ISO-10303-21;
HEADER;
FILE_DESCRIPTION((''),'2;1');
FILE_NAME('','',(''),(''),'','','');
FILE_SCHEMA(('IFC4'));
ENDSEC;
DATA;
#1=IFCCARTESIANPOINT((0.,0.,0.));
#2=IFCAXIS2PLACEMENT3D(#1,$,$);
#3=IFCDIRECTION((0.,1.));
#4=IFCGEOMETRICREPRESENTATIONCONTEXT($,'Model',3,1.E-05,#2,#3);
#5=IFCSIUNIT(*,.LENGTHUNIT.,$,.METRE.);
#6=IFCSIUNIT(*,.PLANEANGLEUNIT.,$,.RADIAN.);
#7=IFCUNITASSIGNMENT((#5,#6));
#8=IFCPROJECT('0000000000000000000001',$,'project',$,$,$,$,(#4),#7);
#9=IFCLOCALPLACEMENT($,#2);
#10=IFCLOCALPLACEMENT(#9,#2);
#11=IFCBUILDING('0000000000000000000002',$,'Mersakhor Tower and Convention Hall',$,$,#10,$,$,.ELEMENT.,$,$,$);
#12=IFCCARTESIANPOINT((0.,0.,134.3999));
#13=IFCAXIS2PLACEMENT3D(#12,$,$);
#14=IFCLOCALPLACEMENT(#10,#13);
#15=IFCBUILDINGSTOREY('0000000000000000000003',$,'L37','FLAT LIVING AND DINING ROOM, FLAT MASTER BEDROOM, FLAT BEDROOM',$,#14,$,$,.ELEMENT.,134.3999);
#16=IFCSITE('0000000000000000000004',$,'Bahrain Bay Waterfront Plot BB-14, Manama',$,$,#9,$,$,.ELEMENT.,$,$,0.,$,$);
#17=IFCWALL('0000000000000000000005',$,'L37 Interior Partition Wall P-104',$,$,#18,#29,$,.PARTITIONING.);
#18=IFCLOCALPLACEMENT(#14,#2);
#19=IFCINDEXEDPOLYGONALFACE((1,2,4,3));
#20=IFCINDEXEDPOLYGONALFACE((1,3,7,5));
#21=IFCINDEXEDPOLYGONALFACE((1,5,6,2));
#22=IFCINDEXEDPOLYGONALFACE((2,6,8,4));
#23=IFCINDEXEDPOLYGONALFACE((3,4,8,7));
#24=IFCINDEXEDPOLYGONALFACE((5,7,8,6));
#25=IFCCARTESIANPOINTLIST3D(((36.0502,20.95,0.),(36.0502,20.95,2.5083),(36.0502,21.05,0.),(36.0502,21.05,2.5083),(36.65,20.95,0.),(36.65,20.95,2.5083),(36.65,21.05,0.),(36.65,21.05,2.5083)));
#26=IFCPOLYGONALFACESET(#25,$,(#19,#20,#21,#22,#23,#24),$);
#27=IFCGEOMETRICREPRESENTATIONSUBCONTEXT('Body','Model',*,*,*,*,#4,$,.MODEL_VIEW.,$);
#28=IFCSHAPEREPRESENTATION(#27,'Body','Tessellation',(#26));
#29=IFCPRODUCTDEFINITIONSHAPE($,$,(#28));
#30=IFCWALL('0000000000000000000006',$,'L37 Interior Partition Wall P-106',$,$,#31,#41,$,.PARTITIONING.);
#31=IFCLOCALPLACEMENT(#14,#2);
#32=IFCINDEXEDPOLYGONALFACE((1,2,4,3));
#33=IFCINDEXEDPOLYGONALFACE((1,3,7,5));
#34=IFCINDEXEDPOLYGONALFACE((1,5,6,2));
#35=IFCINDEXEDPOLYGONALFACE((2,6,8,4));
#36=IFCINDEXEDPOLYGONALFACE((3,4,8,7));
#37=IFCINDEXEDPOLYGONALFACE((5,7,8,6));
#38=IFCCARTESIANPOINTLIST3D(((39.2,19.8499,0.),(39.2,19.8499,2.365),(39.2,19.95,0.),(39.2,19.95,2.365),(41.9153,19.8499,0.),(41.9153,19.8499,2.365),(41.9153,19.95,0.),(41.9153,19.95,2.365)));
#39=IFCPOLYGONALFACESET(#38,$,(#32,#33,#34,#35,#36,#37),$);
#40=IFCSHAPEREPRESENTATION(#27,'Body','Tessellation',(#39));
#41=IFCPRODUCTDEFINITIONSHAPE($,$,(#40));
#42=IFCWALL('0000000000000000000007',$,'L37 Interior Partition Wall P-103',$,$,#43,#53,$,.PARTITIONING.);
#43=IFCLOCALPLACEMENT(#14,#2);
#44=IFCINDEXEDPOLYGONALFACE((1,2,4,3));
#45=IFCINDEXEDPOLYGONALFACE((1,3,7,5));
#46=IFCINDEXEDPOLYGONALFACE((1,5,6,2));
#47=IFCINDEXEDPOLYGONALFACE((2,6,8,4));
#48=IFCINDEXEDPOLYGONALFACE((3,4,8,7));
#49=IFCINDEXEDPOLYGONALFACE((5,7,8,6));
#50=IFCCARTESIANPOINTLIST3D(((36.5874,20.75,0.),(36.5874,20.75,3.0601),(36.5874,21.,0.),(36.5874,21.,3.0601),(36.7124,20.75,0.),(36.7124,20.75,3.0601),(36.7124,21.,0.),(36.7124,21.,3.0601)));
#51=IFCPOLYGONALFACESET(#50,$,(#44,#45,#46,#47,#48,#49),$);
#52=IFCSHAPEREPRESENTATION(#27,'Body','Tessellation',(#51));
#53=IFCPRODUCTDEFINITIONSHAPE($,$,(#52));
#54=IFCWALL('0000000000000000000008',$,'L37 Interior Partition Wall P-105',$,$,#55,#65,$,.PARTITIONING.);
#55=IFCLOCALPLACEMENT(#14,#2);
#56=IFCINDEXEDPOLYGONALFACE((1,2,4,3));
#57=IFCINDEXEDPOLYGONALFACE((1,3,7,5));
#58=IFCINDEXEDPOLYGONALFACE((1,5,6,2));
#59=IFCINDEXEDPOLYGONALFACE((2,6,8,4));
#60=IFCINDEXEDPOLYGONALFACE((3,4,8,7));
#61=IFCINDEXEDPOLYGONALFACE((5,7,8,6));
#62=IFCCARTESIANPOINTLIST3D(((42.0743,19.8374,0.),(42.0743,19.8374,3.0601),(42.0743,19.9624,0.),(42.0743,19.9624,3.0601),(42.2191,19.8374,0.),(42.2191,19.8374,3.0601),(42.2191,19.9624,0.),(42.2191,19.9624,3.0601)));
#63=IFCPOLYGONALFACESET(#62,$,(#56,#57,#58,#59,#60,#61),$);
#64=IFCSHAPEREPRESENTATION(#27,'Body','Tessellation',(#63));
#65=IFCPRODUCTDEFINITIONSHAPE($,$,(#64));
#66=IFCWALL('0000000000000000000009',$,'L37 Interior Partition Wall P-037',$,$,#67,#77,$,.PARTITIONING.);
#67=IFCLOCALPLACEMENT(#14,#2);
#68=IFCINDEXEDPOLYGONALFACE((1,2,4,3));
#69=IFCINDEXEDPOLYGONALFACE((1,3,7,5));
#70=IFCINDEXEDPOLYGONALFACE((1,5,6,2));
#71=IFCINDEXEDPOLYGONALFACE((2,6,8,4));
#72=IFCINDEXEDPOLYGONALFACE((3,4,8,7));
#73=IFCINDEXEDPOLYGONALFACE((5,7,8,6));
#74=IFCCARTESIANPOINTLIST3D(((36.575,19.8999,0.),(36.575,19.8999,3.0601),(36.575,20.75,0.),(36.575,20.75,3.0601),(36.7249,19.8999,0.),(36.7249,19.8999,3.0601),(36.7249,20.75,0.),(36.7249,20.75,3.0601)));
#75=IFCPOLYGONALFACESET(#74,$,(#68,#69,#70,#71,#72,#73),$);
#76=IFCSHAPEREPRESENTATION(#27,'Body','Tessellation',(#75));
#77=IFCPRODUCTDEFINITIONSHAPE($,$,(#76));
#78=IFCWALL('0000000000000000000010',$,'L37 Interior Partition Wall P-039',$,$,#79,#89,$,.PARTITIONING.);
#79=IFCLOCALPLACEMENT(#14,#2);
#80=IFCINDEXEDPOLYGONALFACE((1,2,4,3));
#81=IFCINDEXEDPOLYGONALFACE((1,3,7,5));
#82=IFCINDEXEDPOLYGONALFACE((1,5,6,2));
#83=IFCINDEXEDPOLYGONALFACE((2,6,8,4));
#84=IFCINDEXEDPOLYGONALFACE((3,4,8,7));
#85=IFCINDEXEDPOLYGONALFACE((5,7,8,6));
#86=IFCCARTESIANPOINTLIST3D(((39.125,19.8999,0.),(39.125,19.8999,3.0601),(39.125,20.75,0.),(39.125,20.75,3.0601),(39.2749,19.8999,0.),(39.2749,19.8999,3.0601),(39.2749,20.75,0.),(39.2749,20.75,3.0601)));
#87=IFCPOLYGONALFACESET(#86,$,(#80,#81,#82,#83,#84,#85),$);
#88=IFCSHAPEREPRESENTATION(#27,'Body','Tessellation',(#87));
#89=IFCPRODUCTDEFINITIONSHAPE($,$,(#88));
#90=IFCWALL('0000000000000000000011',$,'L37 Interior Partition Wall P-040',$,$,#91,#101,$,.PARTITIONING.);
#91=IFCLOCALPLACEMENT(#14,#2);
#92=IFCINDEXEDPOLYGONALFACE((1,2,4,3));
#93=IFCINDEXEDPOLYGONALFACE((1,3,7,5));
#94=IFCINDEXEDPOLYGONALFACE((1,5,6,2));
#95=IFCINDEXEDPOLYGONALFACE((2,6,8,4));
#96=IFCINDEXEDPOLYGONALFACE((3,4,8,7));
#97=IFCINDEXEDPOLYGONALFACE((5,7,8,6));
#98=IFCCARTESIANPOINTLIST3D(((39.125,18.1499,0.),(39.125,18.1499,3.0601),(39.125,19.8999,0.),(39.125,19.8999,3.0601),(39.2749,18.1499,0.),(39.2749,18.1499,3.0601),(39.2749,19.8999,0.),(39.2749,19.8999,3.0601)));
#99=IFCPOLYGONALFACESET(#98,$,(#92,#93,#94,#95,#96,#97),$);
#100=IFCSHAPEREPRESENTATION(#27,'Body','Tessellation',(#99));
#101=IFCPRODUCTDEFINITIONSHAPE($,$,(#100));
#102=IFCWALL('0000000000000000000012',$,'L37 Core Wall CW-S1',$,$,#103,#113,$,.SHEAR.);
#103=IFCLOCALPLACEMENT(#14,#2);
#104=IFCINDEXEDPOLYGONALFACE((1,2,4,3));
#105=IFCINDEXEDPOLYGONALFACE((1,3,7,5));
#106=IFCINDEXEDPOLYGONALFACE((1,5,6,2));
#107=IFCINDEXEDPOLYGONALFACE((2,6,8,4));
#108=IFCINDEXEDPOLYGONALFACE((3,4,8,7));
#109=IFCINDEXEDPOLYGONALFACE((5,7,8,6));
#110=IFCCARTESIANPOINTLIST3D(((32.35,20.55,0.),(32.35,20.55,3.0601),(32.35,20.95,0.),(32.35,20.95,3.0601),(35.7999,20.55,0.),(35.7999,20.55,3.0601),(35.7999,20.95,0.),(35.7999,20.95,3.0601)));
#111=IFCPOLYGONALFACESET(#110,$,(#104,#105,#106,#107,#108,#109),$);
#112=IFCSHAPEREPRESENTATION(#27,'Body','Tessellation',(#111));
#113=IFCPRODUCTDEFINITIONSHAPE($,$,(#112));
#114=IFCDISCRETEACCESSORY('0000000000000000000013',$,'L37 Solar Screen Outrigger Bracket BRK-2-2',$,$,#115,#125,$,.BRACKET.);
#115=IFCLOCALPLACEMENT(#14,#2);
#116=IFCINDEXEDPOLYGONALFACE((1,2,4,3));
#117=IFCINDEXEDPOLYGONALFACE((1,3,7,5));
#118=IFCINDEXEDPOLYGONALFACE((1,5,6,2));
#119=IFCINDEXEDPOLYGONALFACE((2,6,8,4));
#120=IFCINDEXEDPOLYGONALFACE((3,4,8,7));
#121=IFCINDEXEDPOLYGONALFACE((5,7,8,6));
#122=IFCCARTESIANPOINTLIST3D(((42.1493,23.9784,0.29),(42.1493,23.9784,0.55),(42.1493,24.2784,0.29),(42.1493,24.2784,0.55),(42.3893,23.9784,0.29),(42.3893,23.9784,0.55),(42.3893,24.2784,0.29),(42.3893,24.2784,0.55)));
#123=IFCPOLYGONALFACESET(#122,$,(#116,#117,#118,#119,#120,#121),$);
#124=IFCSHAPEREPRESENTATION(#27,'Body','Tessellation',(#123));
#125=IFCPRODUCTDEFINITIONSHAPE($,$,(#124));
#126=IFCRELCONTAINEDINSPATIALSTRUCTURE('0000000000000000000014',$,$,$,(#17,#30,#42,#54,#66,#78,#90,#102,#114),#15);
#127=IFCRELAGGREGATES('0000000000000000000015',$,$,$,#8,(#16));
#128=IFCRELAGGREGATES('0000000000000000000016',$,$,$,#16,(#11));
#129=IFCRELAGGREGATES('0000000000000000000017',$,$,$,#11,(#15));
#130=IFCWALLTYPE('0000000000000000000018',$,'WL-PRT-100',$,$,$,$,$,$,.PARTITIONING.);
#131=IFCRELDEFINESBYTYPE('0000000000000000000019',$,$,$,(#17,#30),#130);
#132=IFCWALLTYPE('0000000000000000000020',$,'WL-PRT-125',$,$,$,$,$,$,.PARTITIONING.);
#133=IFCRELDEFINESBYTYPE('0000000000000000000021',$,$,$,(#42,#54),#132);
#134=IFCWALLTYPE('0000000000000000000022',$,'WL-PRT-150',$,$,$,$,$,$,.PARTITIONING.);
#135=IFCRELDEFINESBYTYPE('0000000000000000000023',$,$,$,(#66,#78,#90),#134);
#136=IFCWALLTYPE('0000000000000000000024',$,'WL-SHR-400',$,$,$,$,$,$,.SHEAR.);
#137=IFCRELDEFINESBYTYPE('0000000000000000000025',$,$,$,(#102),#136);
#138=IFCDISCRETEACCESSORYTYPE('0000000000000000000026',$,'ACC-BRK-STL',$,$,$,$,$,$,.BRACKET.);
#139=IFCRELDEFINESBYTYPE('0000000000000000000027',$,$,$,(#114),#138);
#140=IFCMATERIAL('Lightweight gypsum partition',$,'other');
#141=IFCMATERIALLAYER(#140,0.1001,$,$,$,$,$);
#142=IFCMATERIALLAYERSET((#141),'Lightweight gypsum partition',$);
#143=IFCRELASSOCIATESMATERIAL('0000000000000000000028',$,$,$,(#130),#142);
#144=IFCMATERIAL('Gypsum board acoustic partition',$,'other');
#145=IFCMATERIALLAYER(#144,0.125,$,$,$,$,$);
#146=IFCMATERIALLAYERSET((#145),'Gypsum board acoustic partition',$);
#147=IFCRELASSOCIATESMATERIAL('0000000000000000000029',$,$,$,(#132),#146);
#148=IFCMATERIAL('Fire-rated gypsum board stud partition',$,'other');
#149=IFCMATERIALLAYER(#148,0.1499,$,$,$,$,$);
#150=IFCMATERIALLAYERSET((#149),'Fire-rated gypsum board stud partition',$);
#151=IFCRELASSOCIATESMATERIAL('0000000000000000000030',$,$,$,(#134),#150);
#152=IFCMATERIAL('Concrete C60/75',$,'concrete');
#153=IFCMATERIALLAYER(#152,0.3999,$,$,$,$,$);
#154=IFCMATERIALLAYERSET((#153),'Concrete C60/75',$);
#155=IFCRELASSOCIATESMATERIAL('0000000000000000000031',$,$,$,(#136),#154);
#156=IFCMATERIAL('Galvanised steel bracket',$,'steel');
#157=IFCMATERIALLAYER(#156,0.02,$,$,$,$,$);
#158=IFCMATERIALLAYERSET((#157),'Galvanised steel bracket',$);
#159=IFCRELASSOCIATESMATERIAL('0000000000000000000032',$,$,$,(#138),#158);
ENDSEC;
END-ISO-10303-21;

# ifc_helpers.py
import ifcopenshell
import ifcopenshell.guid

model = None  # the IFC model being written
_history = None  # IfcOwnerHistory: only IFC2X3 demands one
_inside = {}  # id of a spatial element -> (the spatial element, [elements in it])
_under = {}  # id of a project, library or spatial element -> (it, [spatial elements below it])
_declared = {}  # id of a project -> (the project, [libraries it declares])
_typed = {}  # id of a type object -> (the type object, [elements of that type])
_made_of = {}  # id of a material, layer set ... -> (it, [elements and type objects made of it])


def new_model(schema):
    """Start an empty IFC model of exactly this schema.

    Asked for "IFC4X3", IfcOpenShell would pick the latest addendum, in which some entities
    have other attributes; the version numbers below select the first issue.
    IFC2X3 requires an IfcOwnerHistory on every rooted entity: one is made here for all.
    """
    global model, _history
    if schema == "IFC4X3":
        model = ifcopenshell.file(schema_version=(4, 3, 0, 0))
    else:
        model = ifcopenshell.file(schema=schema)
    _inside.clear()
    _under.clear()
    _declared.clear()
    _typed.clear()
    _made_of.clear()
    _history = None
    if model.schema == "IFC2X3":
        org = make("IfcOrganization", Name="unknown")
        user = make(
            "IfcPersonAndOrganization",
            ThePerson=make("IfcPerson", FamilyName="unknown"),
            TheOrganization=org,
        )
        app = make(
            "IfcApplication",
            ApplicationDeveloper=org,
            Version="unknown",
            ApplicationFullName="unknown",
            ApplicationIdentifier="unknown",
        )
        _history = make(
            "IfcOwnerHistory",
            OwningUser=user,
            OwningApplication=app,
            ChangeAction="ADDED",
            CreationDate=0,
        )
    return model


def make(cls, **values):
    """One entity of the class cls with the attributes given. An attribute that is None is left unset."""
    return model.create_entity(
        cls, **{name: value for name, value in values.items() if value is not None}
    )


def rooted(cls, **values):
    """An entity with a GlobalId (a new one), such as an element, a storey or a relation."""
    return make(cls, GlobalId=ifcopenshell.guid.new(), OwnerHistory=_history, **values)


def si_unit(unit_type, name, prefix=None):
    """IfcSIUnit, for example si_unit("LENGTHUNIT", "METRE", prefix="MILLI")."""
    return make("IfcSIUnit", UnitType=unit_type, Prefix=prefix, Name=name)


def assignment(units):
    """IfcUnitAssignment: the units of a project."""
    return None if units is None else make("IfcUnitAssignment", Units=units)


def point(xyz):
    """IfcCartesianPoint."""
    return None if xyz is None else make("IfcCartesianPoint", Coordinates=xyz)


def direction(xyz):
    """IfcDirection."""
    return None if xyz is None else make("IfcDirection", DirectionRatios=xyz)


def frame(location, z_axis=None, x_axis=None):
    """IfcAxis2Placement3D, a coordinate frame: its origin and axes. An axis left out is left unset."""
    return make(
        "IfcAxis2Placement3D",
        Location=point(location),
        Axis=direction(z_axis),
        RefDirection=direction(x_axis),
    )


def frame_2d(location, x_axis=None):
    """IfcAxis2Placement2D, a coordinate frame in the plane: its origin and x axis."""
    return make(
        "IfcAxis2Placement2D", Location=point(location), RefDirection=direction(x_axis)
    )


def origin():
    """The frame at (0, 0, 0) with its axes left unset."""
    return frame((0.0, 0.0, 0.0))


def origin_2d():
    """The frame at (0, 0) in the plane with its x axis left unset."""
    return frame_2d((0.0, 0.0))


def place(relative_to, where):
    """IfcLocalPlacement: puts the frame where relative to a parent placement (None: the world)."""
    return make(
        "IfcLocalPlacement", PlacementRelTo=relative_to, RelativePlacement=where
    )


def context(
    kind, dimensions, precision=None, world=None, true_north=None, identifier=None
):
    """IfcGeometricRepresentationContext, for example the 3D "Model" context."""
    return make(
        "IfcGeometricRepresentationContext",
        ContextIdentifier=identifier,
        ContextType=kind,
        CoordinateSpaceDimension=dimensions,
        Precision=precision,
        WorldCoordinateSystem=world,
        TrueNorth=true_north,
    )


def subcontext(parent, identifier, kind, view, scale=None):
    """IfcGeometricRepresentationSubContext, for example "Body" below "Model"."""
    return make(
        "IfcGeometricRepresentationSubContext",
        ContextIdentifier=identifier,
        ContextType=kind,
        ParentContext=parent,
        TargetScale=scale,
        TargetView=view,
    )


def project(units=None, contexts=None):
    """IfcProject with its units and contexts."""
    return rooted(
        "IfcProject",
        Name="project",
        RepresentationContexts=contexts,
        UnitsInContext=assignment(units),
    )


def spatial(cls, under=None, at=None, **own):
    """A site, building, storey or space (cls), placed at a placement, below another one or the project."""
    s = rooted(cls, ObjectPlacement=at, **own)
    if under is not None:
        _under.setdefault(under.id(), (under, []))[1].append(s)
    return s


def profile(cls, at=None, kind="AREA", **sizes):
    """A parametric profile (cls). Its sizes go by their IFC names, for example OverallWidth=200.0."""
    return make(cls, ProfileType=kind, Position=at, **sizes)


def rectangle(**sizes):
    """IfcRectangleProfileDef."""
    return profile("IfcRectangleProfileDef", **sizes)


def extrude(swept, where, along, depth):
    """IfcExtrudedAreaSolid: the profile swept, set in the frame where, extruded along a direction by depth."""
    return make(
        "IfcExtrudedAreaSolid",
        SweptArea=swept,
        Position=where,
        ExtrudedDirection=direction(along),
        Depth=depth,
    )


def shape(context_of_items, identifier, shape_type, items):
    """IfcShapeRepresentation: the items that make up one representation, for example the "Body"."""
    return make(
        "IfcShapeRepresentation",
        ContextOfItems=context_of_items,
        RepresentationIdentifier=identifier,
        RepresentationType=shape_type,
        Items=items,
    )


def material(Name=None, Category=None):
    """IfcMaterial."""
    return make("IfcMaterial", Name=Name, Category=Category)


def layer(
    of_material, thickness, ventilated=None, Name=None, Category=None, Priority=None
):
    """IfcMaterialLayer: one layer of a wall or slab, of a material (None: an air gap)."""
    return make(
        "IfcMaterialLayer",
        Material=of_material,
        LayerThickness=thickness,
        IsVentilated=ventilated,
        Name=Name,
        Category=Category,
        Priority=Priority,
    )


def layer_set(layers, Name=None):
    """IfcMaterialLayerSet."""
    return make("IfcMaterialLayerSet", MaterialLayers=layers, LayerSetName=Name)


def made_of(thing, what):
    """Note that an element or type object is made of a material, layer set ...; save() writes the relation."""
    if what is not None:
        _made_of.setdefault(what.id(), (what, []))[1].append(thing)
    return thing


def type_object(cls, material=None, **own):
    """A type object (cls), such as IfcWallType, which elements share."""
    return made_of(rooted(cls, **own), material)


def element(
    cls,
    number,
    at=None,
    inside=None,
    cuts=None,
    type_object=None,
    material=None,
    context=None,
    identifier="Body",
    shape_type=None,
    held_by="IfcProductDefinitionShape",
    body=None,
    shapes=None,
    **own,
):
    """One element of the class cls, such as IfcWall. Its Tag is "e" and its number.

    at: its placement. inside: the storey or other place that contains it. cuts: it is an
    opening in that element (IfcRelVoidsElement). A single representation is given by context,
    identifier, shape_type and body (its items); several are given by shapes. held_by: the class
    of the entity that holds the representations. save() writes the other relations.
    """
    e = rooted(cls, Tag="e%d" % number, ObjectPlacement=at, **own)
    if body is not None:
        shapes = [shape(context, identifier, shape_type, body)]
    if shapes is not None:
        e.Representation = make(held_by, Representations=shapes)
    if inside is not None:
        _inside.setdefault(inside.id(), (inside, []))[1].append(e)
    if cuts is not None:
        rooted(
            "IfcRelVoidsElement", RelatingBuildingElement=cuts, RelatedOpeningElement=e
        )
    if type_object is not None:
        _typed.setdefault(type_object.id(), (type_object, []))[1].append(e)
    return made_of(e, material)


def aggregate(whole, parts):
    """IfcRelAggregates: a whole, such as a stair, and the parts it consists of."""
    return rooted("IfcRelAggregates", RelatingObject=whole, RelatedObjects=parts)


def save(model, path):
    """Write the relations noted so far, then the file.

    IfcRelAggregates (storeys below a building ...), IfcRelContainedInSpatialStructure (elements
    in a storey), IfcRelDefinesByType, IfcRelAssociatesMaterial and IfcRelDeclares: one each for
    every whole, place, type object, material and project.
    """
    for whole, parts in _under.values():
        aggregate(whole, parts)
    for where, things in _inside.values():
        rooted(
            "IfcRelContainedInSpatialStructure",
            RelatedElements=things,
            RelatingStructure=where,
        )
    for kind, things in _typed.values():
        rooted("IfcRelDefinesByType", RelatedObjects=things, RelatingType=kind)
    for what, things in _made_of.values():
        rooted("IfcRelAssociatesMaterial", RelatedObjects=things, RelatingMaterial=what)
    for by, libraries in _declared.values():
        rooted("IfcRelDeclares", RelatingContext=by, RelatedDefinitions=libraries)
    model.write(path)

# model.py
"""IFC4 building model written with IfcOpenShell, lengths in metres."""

from ifc_helpers import new_model, si_unit, direction, frame, frame_2d, origin, origin_2d, place, context, subcontext, project, spatial, rectangle, extrude, material, layer, layer_set, type_object, element, save


model = new_model("IFC4")

# Units and contexts
model_context = context("Model", 3, precision=1e-05, world=origin(), true_north=direction((0.0, 1.0)))
body_context = subcontext(model_context, "Body", "Model", "MODEL_VIEW")
ifc_project = project(units=[si_unit("LENGTHUNIT", "METRE"), si_unit("PLANEANGLEUNIT", "RADIAN")], contexts=[model_context])

# Site, building, storey
site_placement = place(None, origin())
site = spatial("IfcSite", under=ifc_project, at=site_placement, Name="Bahrain Bay Waterfront Plot BB-14, Manama", CompositionType="ELEMENT", RefElevation=0.0)
building_placement = place(site_placement, origin())
building = spatial("IfcBuilding", under=site, at=building_placement, Name="Mersakhor Tower and Convention Hall", CompositionType="ELEMENT")
storey_placement = place(building_placement, frame((0.0, 0.0, 134.3999)))
storey = spatial("IfcBuildingStorey", under=building, at=storey_placement, Name="L37", Description="FLAT LIVING AND DINING ROOM, FLAT MASTER BEDROOM, FLAT BEDROOM", CompositionType="ELEMENT", Elevation=134.3999)

# Walls
ifc_material_1 = material(Name="Lightweight gypsum partition", Category="other")
ifc_layer_1 = layer(ifc_material_1, 0.1001)
ifc_layer_set_1 = layer_set([ifc_layer_1], Name="Lightweight gypsum partition")
wall_type_1 = type_object("IfcWallType", Name="WL-PRT-100", PredefinedType="PARTITIONING", material=ifc_layer_set_1)
wall_1_placement = place(storey_placement, frame((36.6499, 21.0, 0.0), z_axis=(0.0, 0.0, 1.0), x_axis=(-1.0, 0.0, 0.0)))
element("IfcWall", 1, at=wall_1_placement, inside=storey, type_object=wall_type_1, Name="L37 Interior Partition Wall P-104", PredefinedType="PARTITIONING", context=body_context, shape_type="SweptSolid", body=[
    extrude(rectangle(XDim=0.5999, YDim=0.1001, at=frame_2d((0.2998, 0.0))), origin(), (0.0, 0.0, 1.0), 2.5083),
])
wall_2_placement = place(storey_placement, frame((41.9153, 19.8999, 0.0), z_axis=(0.0, 0.0, 1.0), x_axis=(-1.0, 0.0, 0.0)))
element("IfcWall", 2, at=wall_2_placement, inside=storey, type_object=wall_type_1, Name="L37 Interior Partition Wall P-106", PredefinedType="PARTITIONING", context=body_context, shape_type="SweptSolid", body=[
    extrude(rectangle(XDim=2.7153, YDim=0.1001, at=frame_2d((1.3577, 0.0))), origin(), (0.0, 0.0, 1.0), 2.365),
])
ifc_material_2 = material(Name="Gypsum board acoustic partition", Category="other")
ifc_layer_2 = layer(ifc_material_2, 0.125)
ifc_layer_set_2 = layer_set([ifc_layer_2], Name="Gypsum board acoustic partition")
wall_type_2 = type_object("IfcWallType", Name="WL-PRT-125", PredefinedType="PARTITIONING", material=ifc_layer_set_2)
wall_3_placement = place(storey_placement, frame((36.6499, 20.75, 0.0), z_axis=(0.0, 0.0, 1.0), x_axis=(0.0, 1.0, 0.0)))
element("IfcWall", 3, at=wall_3_placement, inside=storey, type_object=wall_type_2, Name="L37 Interior Partition Wall P-103", PredefinedType="PARTITIONING", context=body_context, shape_type="SweptSolid", body=[
    extrude(rectangle(XDim=0.25, YDim=0.125, at=frame_2d((0.125, 0.0))), origin(), (0.0, 0.0, 1.0), 3.0601),
])
wall_4_placement = place(storey_placement, frame((42.219, 19.8999, 0.0), z_axis=(0.0, 0.0, 1.0), x_axis=(-1.0, 0.0, 0.0)))
element("IfcWall", 4, at=wall_4_placement, inside=storey, type_object=wall_type_2, Name="L37 Interior Partition Wall P-105", PredefinedType="PARTITIONING", context=body_context, shape_type="SweptSolid", body=[
    extrude(rectangle(XDim=0.1448, YDim=0.125, at=frame_2d((0.0723, 0.0))), origin(), (0.0, 0.0, 1.0), 3.0601),
])
ifc_material_3 = material(Name="Fire-rated gypsum board stud partition", Category="other")
ifc_layer_3 = layer(ifc_material_3, 0.1499)
ifc_layer_set_3 = layer_set([ifc_layer_3], Name="Fire-rated gypsum board stud partition")
wall_type_3 = type_object("IfcWallType", Name="WL-PRT-150", PredefinedType="PARTITIONING", material=ifc_layer_set_3)
wall_5_placement = place(storey_placement, frame((36.6499, 19.8999, 0.0), z_axis=(0.0, 0.0, 1.0), x_axis=(0.0, 1.0, 0.0)))
element("IfcWall", 5, at=wall_5_placement, inside=storey, type_object=wall_type_3, Name="L37 Interior Partition Wall P-037", PredefinedType="PARTITIONING", context=body_context, shape_type="SweptSolid", body=[
    extrude(rectangle(XDim=0.8501, YDim=0.1499, at=frame_2d((0.425, 0.0))), origin(), (0.0, 0.0, 1.0), 3.0601),
])

# Walls
wall_6_placement = place(storey_placement, frame((39.2, 20.75, 0.0), z_axis=(0.0, 0.0, 1.0), x_axis=(0.0, -1.0, 0.0)))
element("IfcWall", 6, at=wall_6_placement, inside=storey, type_object=wall_type_3, Name="L37 Interior Partition Wall P-039", PredefinedType="PARTITIONING", context=body_context, shape_type="SweptSolid", body=[
    extrude(rectangle(XDim=0.8501, YDim=0.1499, at=frame_2d((0.425, 0.0))), origin(), (0.0, 0.0, 1.0), 3.0601),
])
wall_7_placement = place(storey_placement, frame((39.2, 19.8999, 0.0), z_axis=(0.0, 0.0, 1.0), x_axis=(0.0, -1.0, 0.0)))
element("IfcWall", 7, at=wall_7_placement, inside=storey, type_object=wall_type_3, Name="L37 Interior Partition Wall P-040", PredefinedType="PARTITIONING", context=body_context, shape_type="SweptSolid", body=[
    extrude(rectangle(XDim=1.75, YDim=0.1499, at=frame_2d((0.875, 0.0))), origin(), (0.0, 0.0, 1.0), 3.0601),
])
ifc_material_4 = material(Name="Concrete C60/75", Category="concrete")
ifc_layer_4 = layer(ifc_material_4, 0.3999)
ifc_layer_set_4 = layer_set([ifc_layer_4], Name="Concrete C60/75")
wall_type_4 = type_object("IfcWallType", Name="WL-SHR-400", PredefinedType="SHEAR", material=ifc_layer_set_4)
wall_8_placement = place(storey_placement, frame((35.8, 20.75, 0.0), z_axis=(0.0, 0.0, 1.0), x_axis=(-1.0, 0.0, 0.0)))
element("IfcWall", 8, at=wall_8_placement, inside=storey, type_object=wall_type_4, Name="L37 Core Wall CW-S1", PredefinedType="SHEAR", context=body_context, shape_type="SweptSolid", body=[
    extrude(rectangle(XDim=3.45, YDim=0.3999, at=frame_2d((1.7251, 0.0))), origin(), (0.0, 0.0, 1.0), 3.0601),
])

# Discrete accessory
ifc_material_5 = material(Name="Galvanised steel bracket", Category="steel")
ifc_layer_5 = layer(ifc_material_5, 0.02)
ifc_layer_set_5 = layer_set([ifc_layer_5], Name="Galvanised steel bracket")
discrete_accessory_type = type_object("IfcDiscreteAccessoryType", Name="ACC-BRK-STL", PredefinedType="BRACKET", material=ifc_layer_set_5)
discrete_accessory_placement = place(storey_placement, frame((42.2693, 24.1284, 0.29), z_axis=(0.0, 0.0, 1.0), x_axis=(0.0, -1.0, 0.0)))
element("IfcDiscreteAccessory", 9, at=discrete_accessory_placement, inside=storey, type_object=discrete_accessory_type, Name="L37 Solar Screen Outrigger Bracket BRK-2-2", PredefinedType="BRACKET", context=body_context, shape_type="SweptSolid", body=[
    extrude(rectangle(XDim=0.3, YDim=0.24, at=origin_2d()), origin(), (0.0, 0.0, 1.0), 0.26),
])

save(model, "model.ifc")
